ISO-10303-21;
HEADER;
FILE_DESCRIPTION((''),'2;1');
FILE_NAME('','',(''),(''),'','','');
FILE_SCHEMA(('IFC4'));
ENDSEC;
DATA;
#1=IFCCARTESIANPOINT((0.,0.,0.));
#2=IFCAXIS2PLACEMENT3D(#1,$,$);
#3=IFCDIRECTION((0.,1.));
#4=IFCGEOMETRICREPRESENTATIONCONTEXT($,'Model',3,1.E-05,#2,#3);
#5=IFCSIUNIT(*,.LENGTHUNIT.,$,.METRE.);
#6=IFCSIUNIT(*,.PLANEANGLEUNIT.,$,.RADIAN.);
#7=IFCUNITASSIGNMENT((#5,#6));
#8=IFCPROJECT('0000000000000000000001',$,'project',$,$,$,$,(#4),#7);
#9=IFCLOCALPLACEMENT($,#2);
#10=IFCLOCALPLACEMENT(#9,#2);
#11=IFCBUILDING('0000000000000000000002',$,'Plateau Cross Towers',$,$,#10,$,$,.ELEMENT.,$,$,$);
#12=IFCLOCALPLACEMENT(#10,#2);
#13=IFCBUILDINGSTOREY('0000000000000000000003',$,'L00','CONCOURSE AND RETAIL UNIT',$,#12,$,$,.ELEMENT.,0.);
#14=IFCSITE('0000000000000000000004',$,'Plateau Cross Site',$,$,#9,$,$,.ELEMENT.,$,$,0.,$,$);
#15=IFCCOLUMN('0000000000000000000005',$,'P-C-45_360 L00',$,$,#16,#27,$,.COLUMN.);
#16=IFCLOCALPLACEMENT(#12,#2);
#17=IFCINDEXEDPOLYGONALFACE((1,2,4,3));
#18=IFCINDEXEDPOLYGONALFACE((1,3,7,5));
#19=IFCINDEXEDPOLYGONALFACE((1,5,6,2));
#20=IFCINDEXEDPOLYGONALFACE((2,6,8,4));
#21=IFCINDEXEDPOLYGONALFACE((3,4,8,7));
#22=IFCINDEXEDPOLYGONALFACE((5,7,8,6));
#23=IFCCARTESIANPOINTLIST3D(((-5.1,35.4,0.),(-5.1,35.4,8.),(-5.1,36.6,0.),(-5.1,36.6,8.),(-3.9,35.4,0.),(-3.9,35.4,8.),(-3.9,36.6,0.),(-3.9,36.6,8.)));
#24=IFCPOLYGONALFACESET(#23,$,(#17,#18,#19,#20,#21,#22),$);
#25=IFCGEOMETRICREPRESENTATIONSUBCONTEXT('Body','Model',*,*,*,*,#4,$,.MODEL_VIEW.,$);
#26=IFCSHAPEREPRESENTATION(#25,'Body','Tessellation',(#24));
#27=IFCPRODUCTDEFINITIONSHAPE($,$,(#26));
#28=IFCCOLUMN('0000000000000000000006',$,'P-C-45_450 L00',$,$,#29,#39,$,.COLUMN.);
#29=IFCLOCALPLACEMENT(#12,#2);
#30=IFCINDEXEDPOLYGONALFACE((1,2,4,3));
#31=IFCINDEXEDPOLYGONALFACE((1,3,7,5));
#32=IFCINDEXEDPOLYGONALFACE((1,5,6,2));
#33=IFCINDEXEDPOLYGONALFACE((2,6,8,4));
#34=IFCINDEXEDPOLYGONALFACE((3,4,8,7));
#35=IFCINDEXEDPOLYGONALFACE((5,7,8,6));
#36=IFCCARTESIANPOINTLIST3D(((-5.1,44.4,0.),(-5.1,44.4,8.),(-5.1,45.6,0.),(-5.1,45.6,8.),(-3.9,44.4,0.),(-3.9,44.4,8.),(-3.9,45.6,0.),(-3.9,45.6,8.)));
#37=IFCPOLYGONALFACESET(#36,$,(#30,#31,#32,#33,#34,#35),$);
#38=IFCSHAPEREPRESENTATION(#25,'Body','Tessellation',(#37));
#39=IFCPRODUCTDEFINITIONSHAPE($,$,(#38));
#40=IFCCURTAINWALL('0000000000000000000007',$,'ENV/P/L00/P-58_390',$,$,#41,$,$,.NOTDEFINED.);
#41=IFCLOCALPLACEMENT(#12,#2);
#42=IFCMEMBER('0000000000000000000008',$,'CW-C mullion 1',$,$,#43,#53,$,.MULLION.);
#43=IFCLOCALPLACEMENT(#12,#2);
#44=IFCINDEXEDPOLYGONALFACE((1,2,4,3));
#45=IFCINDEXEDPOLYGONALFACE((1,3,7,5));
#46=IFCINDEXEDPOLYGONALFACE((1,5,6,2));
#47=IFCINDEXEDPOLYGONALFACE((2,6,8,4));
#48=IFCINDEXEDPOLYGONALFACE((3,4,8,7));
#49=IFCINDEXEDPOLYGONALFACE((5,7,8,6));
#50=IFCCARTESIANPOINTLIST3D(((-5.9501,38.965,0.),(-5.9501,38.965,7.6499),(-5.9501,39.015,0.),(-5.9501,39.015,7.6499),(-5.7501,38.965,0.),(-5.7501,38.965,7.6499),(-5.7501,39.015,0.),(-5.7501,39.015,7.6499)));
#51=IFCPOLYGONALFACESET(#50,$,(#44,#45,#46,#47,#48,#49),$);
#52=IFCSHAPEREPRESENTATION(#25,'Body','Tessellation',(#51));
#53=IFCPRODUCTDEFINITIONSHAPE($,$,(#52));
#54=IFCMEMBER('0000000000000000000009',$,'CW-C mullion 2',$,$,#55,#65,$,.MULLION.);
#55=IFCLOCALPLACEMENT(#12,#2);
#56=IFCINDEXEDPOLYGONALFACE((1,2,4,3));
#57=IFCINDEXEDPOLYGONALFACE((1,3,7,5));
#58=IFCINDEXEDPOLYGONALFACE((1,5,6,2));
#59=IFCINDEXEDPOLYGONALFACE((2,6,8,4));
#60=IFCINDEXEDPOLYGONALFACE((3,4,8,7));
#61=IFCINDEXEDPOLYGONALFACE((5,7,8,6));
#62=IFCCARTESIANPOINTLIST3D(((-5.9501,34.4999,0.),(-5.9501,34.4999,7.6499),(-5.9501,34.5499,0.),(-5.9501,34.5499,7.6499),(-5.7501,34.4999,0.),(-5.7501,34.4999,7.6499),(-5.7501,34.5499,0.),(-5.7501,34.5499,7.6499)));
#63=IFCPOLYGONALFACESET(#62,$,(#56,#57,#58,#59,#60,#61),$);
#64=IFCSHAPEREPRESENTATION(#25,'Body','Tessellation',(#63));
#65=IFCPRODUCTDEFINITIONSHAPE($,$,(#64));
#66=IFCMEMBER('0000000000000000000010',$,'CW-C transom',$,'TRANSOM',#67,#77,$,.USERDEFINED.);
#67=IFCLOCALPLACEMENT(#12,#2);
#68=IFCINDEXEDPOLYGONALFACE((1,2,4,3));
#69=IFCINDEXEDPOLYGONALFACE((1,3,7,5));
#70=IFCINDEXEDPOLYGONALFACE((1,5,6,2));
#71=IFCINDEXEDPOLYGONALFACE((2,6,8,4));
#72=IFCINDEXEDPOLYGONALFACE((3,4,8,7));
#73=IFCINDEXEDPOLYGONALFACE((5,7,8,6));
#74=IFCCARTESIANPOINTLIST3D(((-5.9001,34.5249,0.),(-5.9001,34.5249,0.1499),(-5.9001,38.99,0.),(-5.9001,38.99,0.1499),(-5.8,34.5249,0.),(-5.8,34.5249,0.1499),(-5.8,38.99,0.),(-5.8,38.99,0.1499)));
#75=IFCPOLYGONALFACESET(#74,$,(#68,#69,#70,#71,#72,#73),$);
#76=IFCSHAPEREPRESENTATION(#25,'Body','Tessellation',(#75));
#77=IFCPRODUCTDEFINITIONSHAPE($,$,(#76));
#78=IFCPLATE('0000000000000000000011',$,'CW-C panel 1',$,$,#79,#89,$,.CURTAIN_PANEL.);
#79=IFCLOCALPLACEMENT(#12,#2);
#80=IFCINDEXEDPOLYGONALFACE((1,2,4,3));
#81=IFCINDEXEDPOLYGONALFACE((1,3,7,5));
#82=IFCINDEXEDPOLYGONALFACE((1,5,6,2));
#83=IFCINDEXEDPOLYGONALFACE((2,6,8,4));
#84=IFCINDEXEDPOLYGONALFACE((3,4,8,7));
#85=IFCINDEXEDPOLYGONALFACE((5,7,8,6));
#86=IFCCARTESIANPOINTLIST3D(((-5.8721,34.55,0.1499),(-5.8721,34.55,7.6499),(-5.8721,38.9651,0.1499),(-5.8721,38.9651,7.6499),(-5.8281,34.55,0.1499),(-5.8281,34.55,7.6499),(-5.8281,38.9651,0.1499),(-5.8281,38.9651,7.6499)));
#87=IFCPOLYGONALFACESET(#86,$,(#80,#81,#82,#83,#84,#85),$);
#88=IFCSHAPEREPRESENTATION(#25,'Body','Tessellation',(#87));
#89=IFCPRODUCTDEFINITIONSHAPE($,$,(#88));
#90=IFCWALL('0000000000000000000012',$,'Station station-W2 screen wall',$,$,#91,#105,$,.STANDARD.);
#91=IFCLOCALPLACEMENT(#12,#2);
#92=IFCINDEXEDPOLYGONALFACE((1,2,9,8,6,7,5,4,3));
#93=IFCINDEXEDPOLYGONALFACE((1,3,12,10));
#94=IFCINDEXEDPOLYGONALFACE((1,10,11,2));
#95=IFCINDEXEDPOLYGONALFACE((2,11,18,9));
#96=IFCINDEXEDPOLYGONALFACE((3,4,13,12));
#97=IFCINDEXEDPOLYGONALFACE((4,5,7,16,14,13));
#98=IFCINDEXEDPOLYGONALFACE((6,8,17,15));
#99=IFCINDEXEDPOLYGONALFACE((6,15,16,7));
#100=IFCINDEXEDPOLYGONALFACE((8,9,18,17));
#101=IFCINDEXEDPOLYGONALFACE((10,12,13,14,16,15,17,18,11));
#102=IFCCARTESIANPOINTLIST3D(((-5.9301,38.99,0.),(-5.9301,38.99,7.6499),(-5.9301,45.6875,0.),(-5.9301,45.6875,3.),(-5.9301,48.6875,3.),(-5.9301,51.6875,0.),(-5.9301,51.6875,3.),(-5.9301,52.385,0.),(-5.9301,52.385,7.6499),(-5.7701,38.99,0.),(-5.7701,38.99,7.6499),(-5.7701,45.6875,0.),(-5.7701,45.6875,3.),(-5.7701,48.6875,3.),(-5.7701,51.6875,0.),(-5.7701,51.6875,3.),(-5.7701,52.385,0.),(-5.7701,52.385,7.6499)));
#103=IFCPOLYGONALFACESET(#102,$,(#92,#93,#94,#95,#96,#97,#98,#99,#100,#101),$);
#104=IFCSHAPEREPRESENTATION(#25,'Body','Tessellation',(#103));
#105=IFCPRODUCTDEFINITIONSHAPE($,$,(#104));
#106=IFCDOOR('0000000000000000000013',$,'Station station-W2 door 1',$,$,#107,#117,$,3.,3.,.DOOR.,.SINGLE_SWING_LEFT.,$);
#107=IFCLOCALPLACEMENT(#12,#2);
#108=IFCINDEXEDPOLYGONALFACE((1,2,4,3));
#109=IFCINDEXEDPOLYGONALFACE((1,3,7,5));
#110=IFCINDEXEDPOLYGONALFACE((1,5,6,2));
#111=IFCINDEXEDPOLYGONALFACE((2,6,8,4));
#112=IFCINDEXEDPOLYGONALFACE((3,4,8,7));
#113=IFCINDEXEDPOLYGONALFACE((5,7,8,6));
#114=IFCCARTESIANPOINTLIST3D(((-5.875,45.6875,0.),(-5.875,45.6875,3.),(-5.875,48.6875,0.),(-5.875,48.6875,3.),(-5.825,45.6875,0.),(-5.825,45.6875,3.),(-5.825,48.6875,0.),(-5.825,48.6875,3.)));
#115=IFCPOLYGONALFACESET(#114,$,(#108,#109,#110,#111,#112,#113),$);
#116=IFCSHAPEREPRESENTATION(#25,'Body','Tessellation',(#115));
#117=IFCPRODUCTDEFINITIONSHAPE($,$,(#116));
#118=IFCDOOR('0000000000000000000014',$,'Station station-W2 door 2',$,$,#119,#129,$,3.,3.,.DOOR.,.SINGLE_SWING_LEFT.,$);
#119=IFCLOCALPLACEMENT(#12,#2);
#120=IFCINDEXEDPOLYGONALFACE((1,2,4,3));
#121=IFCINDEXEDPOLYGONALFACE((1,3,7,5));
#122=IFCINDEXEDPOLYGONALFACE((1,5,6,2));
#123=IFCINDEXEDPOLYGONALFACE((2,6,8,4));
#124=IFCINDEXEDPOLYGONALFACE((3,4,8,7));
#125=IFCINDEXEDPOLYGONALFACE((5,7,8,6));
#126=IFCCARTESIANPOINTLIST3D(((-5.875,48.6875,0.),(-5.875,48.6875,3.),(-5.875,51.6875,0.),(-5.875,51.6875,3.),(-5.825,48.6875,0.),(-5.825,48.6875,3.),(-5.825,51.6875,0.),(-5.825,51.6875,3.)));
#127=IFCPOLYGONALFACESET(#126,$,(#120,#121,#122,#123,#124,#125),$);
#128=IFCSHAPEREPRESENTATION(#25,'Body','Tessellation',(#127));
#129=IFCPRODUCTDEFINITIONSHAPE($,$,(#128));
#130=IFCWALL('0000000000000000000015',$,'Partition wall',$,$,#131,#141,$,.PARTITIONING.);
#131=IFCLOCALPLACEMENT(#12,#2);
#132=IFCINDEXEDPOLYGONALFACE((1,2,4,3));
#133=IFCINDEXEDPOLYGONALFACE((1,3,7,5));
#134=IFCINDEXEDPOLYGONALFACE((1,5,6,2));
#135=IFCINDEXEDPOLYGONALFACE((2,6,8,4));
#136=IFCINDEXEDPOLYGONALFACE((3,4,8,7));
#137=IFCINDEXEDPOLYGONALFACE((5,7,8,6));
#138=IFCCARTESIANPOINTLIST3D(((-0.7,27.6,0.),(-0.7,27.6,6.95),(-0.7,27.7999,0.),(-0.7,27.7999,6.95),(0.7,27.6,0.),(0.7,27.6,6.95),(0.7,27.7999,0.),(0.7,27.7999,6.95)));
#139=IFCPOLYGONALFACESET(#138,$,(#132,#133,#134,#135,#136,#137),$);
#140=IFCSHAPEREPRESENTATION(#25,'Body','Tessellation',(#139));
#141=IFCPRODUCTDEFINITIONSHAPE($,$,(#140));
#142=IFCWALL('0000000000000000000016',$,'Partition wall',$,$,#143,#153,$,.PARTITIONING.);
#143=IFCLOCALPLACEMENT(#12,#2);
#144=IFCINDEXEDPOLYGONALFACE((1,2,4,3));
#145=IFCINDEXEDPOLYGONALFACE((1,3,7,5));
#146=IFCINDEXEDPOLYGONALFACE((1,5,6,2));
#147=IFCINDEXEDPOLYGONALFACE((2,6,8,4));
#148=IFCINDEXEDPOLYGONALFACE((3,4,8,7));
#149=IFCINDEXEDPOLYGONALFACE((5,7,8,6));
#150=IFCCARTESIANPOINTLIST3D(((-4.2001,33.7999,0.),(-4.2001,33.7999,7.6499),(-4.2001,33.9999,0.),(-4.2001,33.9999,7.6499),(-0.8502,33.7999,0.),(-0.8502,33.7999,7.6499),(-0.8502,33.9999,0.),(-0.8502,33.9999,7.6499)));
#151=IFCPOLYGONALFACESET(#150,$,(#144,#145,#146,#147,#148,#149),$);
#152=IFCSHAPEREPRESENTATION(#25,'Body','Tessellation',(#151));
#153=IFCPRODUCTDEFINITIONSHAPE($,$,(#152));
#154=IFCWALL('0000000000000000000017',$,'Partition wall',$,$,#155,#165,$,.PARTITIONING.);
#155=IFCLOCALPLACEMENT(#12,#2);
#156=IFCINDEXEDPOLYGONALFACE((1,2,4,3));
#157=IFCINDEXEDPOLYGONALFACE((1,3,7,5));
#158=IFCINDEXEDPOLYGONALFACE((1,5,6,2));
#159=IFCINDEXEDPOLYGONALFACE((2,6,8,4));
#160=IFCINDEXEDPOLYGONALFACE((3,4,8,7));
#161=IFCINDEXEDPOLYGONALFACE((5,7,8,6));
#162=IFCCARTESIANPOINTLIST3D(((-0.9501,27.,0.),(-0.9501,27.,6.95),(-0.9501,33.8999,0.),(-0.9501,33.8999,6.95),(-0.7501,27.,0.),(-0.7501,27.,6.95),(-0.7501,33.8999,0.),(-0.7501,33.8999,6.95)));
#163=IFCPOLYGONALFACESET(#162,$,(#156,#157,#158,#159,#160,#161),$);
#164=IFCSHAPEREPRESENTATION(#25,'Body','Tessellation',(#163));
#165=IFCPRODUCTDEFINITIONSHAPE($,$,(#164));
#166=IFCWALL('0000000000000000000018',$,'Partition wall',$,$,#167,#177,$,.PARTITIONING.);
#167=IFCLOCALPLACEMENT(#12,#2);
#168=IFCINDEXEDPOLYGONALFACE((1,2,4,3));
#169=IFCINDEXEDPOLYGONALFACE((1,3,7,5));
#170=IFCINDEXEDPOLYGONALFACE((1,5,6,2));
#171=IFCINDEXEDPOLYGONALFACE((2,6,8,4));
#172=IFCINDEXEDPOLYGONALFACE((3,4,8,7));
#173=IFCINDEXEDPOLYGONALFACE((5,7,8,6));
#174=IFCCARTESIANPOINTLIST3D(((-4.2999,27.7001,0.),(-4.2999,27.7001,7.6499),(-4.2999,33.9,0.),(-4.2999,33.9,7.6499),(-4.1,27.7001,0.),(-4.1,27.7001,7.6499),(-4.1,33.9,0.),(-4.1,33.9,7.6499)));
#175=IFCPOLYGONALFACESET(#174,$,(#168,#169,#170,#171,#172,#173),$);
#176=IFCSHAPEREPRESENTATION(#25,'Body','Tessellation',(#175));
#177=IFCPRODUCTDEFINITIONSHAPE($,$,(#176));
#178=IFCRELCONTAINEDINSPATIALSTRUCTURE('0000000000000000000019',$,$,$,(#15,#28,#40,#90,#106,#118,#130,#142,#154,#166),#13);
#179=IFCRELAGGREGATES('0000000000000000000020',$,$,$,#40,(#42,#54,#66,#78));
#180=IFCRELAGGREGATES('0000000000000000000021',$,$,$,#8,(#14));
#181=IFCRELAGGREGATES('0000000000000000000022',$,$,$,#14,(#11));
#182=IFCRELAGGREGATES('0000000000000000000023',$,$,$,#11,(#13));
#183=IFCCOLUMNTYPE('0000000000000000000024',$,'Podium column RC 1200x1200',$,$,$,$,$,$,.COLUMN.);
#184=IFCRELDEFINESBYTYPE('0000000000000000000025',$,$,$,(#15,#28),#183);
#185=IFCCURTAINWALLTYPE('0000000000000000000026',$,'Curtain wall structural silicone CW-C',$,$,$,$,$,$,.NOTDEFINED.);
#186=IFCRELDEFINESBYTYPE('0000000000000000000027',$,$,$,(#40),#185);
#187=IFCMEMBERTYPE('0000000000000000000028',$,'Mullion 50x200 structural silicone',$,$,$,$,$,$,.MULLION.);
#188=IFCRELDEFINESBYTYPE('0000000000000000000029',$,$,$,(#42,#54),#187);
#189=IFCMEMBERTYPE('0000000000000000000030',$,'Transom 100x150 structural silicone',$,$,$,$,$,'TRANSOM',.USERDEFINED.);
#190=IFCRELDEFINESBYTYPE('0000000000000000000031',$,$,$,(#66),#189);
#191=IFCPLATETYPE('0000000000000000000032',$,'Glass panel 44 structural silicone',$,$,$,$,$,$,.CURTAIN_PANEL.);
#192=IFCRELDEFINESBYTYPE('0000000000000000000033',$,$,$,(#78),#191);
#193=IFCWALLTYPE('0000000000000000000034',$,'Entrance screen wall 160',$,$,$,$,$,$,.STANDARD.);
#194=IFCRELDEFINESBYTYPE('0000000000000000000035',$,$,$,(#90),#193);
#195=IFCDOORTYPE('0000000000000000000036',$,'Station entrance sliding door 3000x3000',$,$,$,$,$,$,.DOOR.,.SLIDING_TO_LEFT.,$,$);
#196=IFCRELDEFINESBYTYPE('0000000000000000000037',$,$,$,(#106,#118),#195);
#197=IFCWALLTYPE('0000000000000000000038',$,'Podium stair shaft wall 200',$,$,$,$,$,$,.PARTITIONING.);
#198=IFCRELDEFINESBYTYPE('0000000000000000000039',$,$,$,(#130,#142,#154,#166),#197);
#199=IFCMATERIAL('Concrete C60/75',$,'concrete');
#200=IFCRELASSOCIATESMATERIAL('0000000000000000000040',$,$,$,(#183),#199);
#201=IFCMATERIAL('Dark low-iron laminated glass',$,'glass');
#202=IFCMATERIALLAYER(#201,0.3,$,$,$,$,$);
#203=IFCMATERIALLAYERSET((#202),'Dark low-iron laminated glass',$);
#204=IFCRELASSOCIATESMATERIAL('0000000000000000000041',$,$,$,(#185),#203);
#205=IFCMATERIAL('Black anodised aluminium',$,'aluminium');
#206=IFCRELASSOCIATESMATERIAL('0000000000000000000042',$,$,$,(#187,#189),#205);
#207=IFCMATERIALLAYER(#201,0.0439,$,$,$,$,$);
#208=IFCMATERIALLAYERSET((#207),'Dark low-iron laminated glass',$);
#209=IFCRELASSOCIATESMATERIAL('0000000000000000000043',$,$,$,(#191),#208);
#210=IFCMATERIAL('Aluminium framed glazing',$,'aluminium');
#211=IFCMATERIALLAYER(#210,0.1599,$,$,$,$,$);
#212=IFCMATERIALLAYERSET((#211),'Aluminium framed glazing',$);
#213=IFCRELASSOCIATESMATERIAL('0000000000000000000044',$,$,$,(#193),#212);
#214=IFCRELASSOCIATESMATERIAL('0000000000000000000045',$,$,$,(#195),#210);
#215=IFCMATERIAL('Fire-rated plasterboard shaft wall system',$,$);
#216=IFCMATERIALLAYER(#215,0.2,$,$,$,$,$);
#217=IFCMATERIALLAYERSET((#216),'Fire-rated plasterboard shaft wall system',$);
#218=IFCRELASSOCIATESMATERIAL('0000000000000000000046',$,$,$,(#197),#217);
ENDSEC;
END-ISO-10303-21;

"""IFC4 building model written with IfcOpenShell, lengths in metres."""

from ifc_helpers import new_model, si_unit, direction, frame, frame_2d, origin, origin_2d, place, context, subcontext, project, spatial, rectangle, extrude, material, layer, layer_set, material_profile, profile_set, type_object, element, fill, aggregate, save


model = new_model("IFC4")

# Units and contexts
model_context = context("Model", 3, precision=1e-05, world=origin(), true_north=direction((0.0, 1.0)))
body_context = subcontext(model_context, "Body", "Model", "MODEL_VIEW")
ifc_project = project(units=[si_unit("LENGTHUNIT", "METRE"), si_unit("PLANEANGLEUNIT", "RADIAN")], contexts=[model_context])

# Site, building, storey
site_placement = place(None, origin())
site = spatial("IfcSite", under=ifc_project, at=site_placement, Name="Plateau Cross Site", CompositionType="ELEMENT", RefElevation=0.0)
building_placement = place(site_placement, origin())
building = spatial("IfcBuilding", under=site, at=building_placement, Name="Plateau Cross Towers", CompositionType="ELEMENT")
storey_placement = place(building_placement, origin())
storey = spatial("IfcBuildingStorey", under=building, at=storey_placement, Name="L00", Description="CONCOURSE AND RETAIL UNIT", CompositionType="ELEMENT", Elevation=0.0)

# Columns
ifc_material_1 = material(Name="Concrete C60/75", Category="concrete")
ifc_material_profile_1 = material_profile(ifc_material_1, rectangle(XDim=1.2, YDim=1.2, at=origin_2d()), Name="RC 1200x1200")
ifc_profile_set_1 = profile_set([ifc_material_profile_1], Name="Concrete C60/75")
column_type = type_object("IfcColumnType", Name="Podium column RC 1200x1200", PredefinedType="COLUMN", material=ifc_profile_set_1)
for number, where, z_axis, x_axis, name in (
    (1, (-4.5, 36.0, 0.0), (0.0, 0.0, 1.0), (1.0, 0.0, 0.0), "P-C-45_360 L00"),
    (2, (-4.5, 45.0, 0.0), (0.0, 0.0, 1.0), (1.0, 0.0, 0.0), "P-C-45_450 L00"),
):
    element("IfcColumn", number, at=place(storey_placement, frame(where, z_axis=z_axis, x_axis=x_axis)), inside=storey, type_object=column_type, Name=name, PredefinedType="COLUMN", context=body_context, shape_type="SweptSolid", body=[
        extrude(rectangle(XDim=1.2, YDim=1.2, at=origin_2d()), origin(), (0.0, 0.0, 1.0), 8.0),
    ])

# Curtain wall, members, plate
ifc_material_2 = material(Name="Dark low-iron laminated glass", Category="glass")
ifc_layer_1 = layer(ifc_material_2, 0.3)
ifc_layer_set_1 = layer_set([ifc_layer_1], Name="Dark low-iron laminated glass")
curtain_wall_type = type_object("IfcCurtainWallType", Name="Curtain wall structural silicone CW-C", PredefinedType="NOTDEFINED", material=ifc_layer_set_1)
curtain_wall_placement = place(storey_placement, origin())
curtain_wall = element("IfcCurtainWall", 3, at=curtain_wall_placement, inside=storey, type_object=curtain_wall_type, Name="ENV/P/L00/P-58_390", PredefinedType="NOTDEFINED")
ifc_material_3 = material(Name="Black anodised aluminium", Category="aluminium")
ifc_material_profile_2 = material_profile(ifc_material_3, rectangle(XDim=0.05, YDim=0.2, at=origin_2d()), Name="MULLION 50x200")
ifc_profile_set_2 = profile_set([ifc_material_profile_2], Name="Black anodised aluminium")
member_type_1 = type_object("IfcMemberType", Name="Mullion 50x200 structural silicone", PredefinedType="MULLION", material=ifc_profile_set_2)
member_1_placement = place(storey_placement, frame((-5.8501, 38.99, 0.0), z_axis=(0.0, 0.0, 1.0), x_axis=(0.0, -1.0, 0.0)))
member_1 = element("IfcMember", 4, at=member_1_placement, type_object=member_type_1, Name="CW-C mullion 1", PredefinedType="MULLION", context=body_context, shape_type="SweptSolid", body=[
    extrude(rectangle(XDim=0.05, YDim=0.2, at=origin_2d()), origin(), (0.0, 0.0, 1.0), 7.6499),
])
member_2_placement = place(storey_placement, frame((-5.8501, 34.5249, 0.0), z_axis=(0.0, 0.0, 1.0), x_axis=(0.0, -1.0, 0.0)))
member_2 = element("IfcMember", 5, at=member_2_placement, type_object=member_type_1, Name="CW-C mullion 2", PredefinedType="MULLION", context=body_context, shape_type="SweptSolid", body=[
    extrude(rectangle(XDim=0.05, YDim=0.2, at=origin_2d()), origin(), (0.0, 0.0, 1.0), 7.6499),
])
ifc_material_profile_3 = material_profile(ifc_material_3, rectangle(XDim=0.1001, YDim=0.1499, at=origin_2d()), Name="TRANSOM 100x150")
ifc_profile_set_3 = profile_set([ifc_material_profile_3], Name="Black anodised aluminium")
member_type_2 = type_object("IfcMemberType", Name="Transom 100x150 structural silicone", ElementType="TRANSOM", PredefinedType="USERDEFINED", material=ifc_profile_set_3)
member_3_placement = place(storey_placement, frame((-5.8501, 38.99, 0.075), z_axis=(0.0, -1.0, 0.0), x_axis=(1.0, 0.0, 0.0)))
member_3 = element("IfcMember", 6, at=member_3_placement, type_object=member_type_2, Name="CW-C transom", ObjectType="TRANSOM", PredefinedType="USERDEFINED", context=body_context, shape_type="SweptSolid", body=[
    extrude(rectangle(XDim=0.1001, YDim=0.1499, at=origin_2d()), origin(), (0.0, 0.0, 1.0), 4.4651),
])
ifc_layer_2 = layer(ifc_material_2, 0.0439)
ifc_layer_set_2 = layer_set([ifc_layer_2], Name="Dark low-iron laminated glass")
plate_type = type_object("IfcPlateType", Name="Glass panel 44 structural silicone", PredefinedType="CURTAIN_PANEL", material=ifc_layer_set_2)
plate_placement = place(storey_placement, frame((-5.8501, 36.7576, 0.1499), z_axis=(0.0, 0.0, 1.0), x_axis=(0.0, -1.0, 0.0)))
plate = element("IfcPlate", 7, at=plate_placement, type_object=plate_type, Name="CW-C panel 1", PredefinedType="CURTAIN_PANEL", context=body_context, shape_type="SweptSolid", body=[
    extrude(rectangle(XDim=4.415, YDim=0.0439, at=origin_2d()), origin(), (0.0, 0.0, 1.0), 7.5),
])
aggregate(curtain_wall, [member_1, member_2, member_3, plate])

# Wall, openings, doors
ifc_material_4 = material(Name="Aluminium framed glazing", Category="aluminium")
ifc_layer_3 = layer(ifc_material_4, 0.1599)
ifc_layer_set_3 = layer_set([ifc_layer_3], Name="Aluminium framed glazing")
wall_type_1 = type_object("IfcWallType", Name="Entrance screen wall 160", PredefinedType="STANDARD", material=ifc_layer_set_3)
wall_1_placement = place(storey_placement, frame((-5.8501, 38.99, 0.0), z_axis=(0.0, 0.0, 1.0), x_axis=(0.0, 1.0, 0.0)))
wall_1 = element("IfcWall", 8, at=wall_1_placement, inside=storey, type_object=wall_type_1, Name="Station station-W2 screen wall", PredefinedType="STANDARD", context=body_context, shape_type="SweptSolid", body=[
    extrude(rectangle(XDim=13.395, YDim=0.1599, at=frame_2d((6.6975, 0.0))), origin(), (0.0, 0.0, 1.0), 7.6499),
])
opening_1_placement = place(wall_1_placement, frame((6.6975, 0.0, 0.0)))
opening_1 = element("IfcOpeningElement", 9, at=opening_1_placement, cuts=wall_1, PredefinedType="OPENING", context=body_context, shape_type="SweptSolid", body=[
    extrude(rectangle(XDim=3.0, YDim=3.0, at=frame_2d((1.5, 1.5))), frame((0.0, 0.0898, 0.0), z_axis=(0.0, -1.0, 0.0), x_axis=(1.0, 0.0, 0.0)), (0.0, 0.0, 1.0), 0.1799),
])
opening_2_placement = place(wall_1_placement, frame((9.6975, 0.0, 0.0)))
opening_2 = element("IfcOpeningElement", 10, at=opening_2_placement, cuts=wall_1, PredefinedType="OPENING", context=body_context, shape_type="SweptSolid", body=[
    extrude(rectangle(XDim=3.0, YDim=3.0, at=frame_2d((1.5, 1.5))), frame((0.0, 0.0898, 0.0), z_axis=(0.0, -1.0, 0.0), x_axis=(1.0, 0.0, 0.0)), (0.0, 0.0, 1.0), 0.1799),
])
door_type = type_object("IfcDoorType", Name="Station entrance sliding door 3000x3000", OperationType="SLIDING_TO_LEFT", PredefinedType="DOOR", material=ifc_material_4)
door_1_placement = place(opening_1_placement, origin())
door_1 = element("IfcDoor", 11, at=door_1_placement, inside=storey, type_object=door_type, Name="Station station-W2 door 1", OperationType="SINGLE_SWING_LEFT", OverallHeight=3.0, OverallWidth=3.0, PredefinedType="DOOR", context=body_context, shape_type="SweptSolid", body=[
    extrude(rectangle(XDim=3.0, YDim=3.0, at=frame_2d((1.5, 1.5))), frame((0.0, 0.0249, 0.0), z_axis=(0.0, -1.0, 0.0), x_axis=(1.0, 0.0, 0.0)), (0.0, 0.0, 1.0), 0.05),
])
fill(opening_1, door_1)
door_2_placement = place(opening_2_placement, origin())
door_2 = element("IfcDoor", 12, at=door_2_placement, inside=storey, type_object=door_type, Name="Station station-W2 door 2", OperationType="SINGLE_SWING_LEFT", OverallHeight=3.0, OverallWidth=3.0, PredefinedType="DOOR", context=body_context, shape_type="SweptSolid", body=[
    extrude(rectangle(XDim=3.0, YDim=3.0, at=frame_2d((1.5, 1.5))), frame((0.0, 0.0249, 0.0), z_axis=(0.0, -1.0, 0.0), x_axis=(1.0, 0.0, 0.0)), (0.0, 0.0, 1.0), 0.05),
])
fill(opening_2, door_2)

# Walls
ifc_material_5 = material(Name="Fire-rated plasterboard shaft wall system")
ifc_layer_4 = layer(ifc_material_5, 0.2)
ifc_layer_set_4 = layer_set([ifc_layer_4], Name="Fire-rated plasterboard shaft wall system")
wall_type_2 = type_object("IfcWallType", Name="Podium stair shaft wall 200", PredefinedType="PARTITIONING", material=ifc_layer_set_4)
wall_2_placement = place(storey_placement, frame((-0.7, 27.7, 0.0), z_axis=(0.0, 0.0, 1.0), x_axis=(1.0, 0.0, 0.0)))
element("IfcWall", 13, at=wall_2_placement, inside=storey, type_object=wall_type_2, Name="Partition wall", PredefinedType="PARTITIONING", context=body_context, shape_type="SweptSolid", body=[
    extrude(rectangle(XDim=1.3999, YDim=0.2, at=frame_2d((0.7, 0.0))), origin(), (0.0, 0.0, 1.0), 6.95),
])
wall_3_placement = place(storey_placement, frame((-4.2, 33.8999, 0.0), z_axis=(0.0, 0.0, 1.0), x_axis=(1.0, 0.0, 0.0)))
element("IfcWall", 14, at=wall_3_placement, inside=storey, type_object=wall_type_2, Name="Partition wall", PredefinedType="PARTITIONING", context=body_context, shape_type="SweptSolid", body=[
    extrude(rectangle(XDim=3.3499, YDim=0.2, at=frame_2d((1.6748, 0.0))), origin(), (0.0, 0.0, 1.0), 7.6499),
])
wall_4_placement = place(storey_placement, frame((-0.8501, 33.8999, 0.0), z_axis=(0.0, 0.0, 1.0), x_axis=(0.0, -1.0, 0.0)))
element("IfcWall", 15, at=wall_4_placement, inside=storey, type_object=wall_type_2, Name="Partition wall", PredefinedType="PARTITIONING", context=body_context, shape_type="SweptSolid", body=[
    extrude(rectangle(XDim=6.8999, YDim=0.2, at=frame_2d((3.45, 0.0))), origin(), (0.0, 0.0, 1.0), 6.95),
])
wall_5_placement = place(storey_placement, frame((-4.2, 27.7, 0.0), z_axis=(0.0, 0.0, 1.0), x_axis=(0.0, 1.0, 0.0)))
element("IfcWall", 16, at=wall_5_placement, inside=storey, type_object=wall_type_2, Name="Partition wall", PredefinedType="PARTITIONING", context=body_context, shape_type="SweptSolid", body=[
    extrude(rectangle(XDim=6.2, YDim=0.2, at=frame_2d((3.1001, 0.0))), origin(), (0.0, 0.0, 1.0), 7.6499),
])

save(model, "model.ifc")
